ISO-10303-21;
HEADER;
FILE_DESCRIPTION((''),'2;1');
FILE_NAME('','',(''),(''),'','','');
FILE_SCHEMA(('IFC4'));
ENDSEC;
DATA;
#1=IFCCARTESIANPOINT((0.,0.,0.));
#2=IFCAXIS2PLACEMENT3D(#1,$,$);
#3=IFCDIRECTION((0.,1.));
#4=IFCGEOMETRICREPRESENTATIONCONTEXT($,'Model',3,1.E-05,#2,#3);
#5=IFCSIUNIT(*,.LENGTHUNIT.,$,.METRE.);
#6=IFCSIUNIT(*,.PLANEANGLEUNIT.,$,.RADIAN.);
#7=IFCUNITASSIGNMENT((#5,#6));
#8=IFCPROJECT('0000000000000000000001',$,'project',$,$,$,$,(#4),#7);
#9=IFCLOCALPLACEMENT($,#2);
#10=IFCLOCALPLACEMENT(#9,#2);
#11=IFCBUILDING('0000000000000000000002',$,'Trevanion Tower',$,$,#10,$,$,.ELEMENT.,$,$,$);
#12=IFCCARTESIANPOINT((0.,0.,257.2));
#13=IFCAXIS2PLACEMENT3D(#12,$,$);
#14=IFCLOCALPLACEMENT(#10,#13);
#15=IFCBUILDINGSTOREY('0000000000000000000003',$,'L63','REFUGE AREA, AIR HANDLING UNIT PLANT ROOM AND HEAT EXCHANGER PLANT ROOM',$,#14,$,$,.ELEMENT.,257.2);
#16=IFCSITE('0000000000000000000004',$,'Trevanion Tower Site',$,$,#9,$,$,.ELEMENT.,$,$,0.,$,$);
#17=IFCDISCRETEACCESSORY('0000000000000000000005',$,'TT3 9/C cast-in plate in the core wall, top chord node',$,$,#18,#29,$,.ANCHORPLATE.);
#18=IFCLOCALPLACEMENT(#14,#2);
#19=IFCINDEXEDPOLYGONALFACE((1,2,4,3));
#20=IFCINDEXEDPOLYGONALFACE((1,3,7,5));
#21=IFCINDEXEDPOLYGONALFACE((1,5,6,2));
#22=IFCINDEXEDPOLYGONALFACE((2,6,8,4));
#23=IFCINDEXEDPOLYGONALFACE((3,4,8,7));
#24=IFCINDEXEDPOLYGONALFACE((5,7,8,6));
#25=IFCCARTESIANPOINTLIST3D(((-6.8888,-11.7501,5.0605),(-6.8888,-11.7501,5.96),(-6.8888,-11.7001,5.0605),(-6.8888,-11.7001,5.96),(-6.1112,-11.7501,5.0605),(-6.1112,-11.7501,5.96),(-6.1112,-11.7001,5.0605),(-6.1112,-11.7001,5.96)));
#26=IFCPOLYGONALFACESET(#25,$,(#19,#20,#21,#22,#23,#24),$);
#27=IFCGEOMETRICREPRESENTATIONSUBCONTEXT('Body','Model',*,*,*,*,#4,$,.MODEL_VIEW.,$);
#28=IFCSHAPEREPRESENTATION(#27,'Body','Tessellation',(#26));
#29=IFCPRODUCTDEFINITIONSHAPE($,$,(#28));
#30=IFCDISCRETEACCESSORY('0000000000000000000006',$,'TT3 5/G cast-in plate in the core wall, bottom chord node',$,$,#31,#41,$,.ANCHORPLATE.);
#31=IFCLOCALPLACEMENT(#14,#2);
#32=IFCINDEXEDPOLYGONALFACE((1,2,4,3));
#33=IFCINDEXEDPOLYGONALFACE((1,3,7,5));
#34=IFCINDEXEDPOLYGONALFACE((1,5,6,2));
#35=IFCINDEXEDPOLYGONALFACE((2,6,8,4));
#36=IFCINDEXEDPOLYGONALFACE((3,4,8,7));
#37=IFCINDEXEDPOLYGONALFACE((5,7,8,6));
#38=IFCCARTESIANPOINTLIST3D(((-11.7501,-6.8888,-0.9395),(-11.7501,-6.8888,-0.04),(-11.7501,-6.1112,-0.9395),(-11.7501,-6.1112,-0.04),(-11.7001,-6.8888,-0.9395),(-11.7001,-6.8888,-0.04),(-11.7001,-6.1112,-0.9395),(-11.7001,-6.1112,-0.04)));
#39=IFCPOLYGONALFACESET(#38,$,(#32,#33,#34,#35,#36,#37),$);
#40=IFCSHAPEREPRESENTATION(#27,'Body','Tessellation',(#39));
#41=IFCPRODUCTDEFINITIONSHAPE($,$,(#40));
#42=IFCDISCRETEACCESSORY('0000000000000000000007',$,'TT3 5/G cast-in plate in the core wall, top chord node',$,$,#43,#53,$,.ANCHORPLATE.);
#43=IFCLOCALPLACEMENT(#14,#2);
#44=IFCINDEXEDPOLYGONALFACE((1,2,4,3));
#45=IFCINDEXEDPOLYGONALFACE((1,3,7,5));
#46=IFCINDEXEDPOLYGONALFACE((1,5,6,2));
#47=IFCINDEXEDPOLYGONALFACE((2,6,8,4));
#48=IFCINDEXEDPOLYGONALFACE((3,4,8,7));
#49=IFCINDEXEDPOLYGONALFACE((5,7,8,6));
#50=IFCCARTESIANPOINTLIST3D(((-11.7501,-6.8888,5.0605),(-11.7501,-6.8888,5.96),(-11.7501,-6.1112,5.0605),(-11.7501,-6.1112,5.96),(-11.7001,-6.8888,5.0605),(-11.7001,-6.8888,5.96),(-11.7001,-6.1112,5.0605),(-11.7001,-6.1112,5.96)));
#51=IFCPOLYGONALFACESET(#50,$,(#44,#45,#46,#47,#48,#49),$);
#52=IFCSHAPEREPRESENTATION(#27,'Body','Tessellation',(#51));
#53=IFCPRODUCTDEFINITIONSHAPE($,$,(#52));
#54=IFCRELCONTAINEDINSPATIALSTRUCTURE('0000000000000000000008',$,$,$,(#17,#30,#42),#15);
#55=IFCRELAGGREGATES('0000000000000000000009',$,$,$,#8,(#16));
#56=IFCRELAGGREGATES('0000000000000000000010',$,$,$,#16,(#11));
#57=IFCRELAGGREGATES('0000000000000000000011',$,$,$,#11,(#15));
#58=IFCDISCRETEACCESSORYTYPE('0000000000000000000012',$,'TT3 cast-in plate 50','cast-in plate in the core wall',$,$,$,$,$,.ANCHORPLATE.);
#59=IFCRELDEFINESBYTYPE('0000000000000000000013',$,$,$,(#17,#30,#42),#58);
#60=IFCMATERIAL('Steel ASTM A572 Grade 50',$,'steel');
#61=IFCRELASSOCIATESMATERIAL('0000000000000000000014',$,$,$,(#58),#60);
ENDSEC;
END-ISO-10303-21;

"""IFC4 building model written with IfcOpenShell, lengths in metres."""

from ifc_helpers import new_model, si_unit, direction, frame, origin, origin_2d, place, context, subcontext, project, spatial, rectangle, extrude, material, type_object, element, save


model = new_model("IFC4")

# Units and contexts
model_context = context("Model", 3, precision=1e-05, world=origin(), true_north=direction((0.0, 1.0)))
body_context = subcontext(model_context, "Body", "Model", "MODEL_VIEW")
ifc_project = project(units=[si_unit("LENGTHUNIT", "METRE"), si_unit("PLANEANGLEUNIT", "RADIAN")], contexts=[model_context])

# Site, building, storey
site_placement = place(None, origin())
site = spatial("IfcSite", under=ifc_project, at=site_placement, Name="Trevanion Tower Site", CompositionType="ELEMENT", RefElevation=0.0)
building_placement = place(site_placement, origin())
building = spatial("IfcBuilding", under=site, at=building_placement, Name="Trevanion Tower", CompositionType="ELEMENT")
storey_placement = place(building_placement, frame((0.0, 0.0, 257.2)))
storey = spatial("IfcBuildingStorey", under=building, at=storey_placement, Name="L63", Description="REFUGE AREA, AIR HANDLING UNIT PLANT ROOM AND HEAT EXCHANGER PLANT ROOM", CompositionType="ELEMENT", Elevation=257.2)

# Discrete accessories
ifc_material_1 = material(Name="Steel ASTM A572 Grade 50", Category="steel")
discrete_accessory_type = type_object("IfcDiscreteAccessoryType", Name="TT3 cast-in plate 50", Description="cast-in plate in the core wall", PredefinedType="ANCHORPLATE", material=ifc_material_1)
for number, where, z_axis, x_axis, name in (
    (1, (-6.5, -11.7251, 5.0605), (0.0, 0.0, 1.0), (0.0, -1.0, 0.0), "TT3 9/C cast-in plate in the core wall, top chord node"),
    (2, (-11.7251, -6.5, -0.9395), (0.0, 0.0, 1.0), (-1.0, 0.0, 0.0), "TT3 5/G cast-in plate in the core wall, bottom chord node"),
    (3, (-11.7251, -6.5, 5.0605), (0.0, 0.0, 1.0), (-1.0, 0.0, 0.0), "TT3 5/G cast-in plate in the core wall, top chord node"),
):
    element("IfcDiscreteAccessory", number, at=place(storey_placement, frame(where, z_axis=z_axis, x_axis=x_axis)), inside=storey, type_object=discrete_accessory_type, Name=name, PredefinedType="ANCHORPLATE", context=body_context, shape_type="SweptSolid", body=[
        extrude(rectangle(XDim=0.05, YDim=0.7776, at=origin_2d()), origin(), (0.0, 0.0, 1.0), 0.8994),
    ])

save(model, "model.ifc")
